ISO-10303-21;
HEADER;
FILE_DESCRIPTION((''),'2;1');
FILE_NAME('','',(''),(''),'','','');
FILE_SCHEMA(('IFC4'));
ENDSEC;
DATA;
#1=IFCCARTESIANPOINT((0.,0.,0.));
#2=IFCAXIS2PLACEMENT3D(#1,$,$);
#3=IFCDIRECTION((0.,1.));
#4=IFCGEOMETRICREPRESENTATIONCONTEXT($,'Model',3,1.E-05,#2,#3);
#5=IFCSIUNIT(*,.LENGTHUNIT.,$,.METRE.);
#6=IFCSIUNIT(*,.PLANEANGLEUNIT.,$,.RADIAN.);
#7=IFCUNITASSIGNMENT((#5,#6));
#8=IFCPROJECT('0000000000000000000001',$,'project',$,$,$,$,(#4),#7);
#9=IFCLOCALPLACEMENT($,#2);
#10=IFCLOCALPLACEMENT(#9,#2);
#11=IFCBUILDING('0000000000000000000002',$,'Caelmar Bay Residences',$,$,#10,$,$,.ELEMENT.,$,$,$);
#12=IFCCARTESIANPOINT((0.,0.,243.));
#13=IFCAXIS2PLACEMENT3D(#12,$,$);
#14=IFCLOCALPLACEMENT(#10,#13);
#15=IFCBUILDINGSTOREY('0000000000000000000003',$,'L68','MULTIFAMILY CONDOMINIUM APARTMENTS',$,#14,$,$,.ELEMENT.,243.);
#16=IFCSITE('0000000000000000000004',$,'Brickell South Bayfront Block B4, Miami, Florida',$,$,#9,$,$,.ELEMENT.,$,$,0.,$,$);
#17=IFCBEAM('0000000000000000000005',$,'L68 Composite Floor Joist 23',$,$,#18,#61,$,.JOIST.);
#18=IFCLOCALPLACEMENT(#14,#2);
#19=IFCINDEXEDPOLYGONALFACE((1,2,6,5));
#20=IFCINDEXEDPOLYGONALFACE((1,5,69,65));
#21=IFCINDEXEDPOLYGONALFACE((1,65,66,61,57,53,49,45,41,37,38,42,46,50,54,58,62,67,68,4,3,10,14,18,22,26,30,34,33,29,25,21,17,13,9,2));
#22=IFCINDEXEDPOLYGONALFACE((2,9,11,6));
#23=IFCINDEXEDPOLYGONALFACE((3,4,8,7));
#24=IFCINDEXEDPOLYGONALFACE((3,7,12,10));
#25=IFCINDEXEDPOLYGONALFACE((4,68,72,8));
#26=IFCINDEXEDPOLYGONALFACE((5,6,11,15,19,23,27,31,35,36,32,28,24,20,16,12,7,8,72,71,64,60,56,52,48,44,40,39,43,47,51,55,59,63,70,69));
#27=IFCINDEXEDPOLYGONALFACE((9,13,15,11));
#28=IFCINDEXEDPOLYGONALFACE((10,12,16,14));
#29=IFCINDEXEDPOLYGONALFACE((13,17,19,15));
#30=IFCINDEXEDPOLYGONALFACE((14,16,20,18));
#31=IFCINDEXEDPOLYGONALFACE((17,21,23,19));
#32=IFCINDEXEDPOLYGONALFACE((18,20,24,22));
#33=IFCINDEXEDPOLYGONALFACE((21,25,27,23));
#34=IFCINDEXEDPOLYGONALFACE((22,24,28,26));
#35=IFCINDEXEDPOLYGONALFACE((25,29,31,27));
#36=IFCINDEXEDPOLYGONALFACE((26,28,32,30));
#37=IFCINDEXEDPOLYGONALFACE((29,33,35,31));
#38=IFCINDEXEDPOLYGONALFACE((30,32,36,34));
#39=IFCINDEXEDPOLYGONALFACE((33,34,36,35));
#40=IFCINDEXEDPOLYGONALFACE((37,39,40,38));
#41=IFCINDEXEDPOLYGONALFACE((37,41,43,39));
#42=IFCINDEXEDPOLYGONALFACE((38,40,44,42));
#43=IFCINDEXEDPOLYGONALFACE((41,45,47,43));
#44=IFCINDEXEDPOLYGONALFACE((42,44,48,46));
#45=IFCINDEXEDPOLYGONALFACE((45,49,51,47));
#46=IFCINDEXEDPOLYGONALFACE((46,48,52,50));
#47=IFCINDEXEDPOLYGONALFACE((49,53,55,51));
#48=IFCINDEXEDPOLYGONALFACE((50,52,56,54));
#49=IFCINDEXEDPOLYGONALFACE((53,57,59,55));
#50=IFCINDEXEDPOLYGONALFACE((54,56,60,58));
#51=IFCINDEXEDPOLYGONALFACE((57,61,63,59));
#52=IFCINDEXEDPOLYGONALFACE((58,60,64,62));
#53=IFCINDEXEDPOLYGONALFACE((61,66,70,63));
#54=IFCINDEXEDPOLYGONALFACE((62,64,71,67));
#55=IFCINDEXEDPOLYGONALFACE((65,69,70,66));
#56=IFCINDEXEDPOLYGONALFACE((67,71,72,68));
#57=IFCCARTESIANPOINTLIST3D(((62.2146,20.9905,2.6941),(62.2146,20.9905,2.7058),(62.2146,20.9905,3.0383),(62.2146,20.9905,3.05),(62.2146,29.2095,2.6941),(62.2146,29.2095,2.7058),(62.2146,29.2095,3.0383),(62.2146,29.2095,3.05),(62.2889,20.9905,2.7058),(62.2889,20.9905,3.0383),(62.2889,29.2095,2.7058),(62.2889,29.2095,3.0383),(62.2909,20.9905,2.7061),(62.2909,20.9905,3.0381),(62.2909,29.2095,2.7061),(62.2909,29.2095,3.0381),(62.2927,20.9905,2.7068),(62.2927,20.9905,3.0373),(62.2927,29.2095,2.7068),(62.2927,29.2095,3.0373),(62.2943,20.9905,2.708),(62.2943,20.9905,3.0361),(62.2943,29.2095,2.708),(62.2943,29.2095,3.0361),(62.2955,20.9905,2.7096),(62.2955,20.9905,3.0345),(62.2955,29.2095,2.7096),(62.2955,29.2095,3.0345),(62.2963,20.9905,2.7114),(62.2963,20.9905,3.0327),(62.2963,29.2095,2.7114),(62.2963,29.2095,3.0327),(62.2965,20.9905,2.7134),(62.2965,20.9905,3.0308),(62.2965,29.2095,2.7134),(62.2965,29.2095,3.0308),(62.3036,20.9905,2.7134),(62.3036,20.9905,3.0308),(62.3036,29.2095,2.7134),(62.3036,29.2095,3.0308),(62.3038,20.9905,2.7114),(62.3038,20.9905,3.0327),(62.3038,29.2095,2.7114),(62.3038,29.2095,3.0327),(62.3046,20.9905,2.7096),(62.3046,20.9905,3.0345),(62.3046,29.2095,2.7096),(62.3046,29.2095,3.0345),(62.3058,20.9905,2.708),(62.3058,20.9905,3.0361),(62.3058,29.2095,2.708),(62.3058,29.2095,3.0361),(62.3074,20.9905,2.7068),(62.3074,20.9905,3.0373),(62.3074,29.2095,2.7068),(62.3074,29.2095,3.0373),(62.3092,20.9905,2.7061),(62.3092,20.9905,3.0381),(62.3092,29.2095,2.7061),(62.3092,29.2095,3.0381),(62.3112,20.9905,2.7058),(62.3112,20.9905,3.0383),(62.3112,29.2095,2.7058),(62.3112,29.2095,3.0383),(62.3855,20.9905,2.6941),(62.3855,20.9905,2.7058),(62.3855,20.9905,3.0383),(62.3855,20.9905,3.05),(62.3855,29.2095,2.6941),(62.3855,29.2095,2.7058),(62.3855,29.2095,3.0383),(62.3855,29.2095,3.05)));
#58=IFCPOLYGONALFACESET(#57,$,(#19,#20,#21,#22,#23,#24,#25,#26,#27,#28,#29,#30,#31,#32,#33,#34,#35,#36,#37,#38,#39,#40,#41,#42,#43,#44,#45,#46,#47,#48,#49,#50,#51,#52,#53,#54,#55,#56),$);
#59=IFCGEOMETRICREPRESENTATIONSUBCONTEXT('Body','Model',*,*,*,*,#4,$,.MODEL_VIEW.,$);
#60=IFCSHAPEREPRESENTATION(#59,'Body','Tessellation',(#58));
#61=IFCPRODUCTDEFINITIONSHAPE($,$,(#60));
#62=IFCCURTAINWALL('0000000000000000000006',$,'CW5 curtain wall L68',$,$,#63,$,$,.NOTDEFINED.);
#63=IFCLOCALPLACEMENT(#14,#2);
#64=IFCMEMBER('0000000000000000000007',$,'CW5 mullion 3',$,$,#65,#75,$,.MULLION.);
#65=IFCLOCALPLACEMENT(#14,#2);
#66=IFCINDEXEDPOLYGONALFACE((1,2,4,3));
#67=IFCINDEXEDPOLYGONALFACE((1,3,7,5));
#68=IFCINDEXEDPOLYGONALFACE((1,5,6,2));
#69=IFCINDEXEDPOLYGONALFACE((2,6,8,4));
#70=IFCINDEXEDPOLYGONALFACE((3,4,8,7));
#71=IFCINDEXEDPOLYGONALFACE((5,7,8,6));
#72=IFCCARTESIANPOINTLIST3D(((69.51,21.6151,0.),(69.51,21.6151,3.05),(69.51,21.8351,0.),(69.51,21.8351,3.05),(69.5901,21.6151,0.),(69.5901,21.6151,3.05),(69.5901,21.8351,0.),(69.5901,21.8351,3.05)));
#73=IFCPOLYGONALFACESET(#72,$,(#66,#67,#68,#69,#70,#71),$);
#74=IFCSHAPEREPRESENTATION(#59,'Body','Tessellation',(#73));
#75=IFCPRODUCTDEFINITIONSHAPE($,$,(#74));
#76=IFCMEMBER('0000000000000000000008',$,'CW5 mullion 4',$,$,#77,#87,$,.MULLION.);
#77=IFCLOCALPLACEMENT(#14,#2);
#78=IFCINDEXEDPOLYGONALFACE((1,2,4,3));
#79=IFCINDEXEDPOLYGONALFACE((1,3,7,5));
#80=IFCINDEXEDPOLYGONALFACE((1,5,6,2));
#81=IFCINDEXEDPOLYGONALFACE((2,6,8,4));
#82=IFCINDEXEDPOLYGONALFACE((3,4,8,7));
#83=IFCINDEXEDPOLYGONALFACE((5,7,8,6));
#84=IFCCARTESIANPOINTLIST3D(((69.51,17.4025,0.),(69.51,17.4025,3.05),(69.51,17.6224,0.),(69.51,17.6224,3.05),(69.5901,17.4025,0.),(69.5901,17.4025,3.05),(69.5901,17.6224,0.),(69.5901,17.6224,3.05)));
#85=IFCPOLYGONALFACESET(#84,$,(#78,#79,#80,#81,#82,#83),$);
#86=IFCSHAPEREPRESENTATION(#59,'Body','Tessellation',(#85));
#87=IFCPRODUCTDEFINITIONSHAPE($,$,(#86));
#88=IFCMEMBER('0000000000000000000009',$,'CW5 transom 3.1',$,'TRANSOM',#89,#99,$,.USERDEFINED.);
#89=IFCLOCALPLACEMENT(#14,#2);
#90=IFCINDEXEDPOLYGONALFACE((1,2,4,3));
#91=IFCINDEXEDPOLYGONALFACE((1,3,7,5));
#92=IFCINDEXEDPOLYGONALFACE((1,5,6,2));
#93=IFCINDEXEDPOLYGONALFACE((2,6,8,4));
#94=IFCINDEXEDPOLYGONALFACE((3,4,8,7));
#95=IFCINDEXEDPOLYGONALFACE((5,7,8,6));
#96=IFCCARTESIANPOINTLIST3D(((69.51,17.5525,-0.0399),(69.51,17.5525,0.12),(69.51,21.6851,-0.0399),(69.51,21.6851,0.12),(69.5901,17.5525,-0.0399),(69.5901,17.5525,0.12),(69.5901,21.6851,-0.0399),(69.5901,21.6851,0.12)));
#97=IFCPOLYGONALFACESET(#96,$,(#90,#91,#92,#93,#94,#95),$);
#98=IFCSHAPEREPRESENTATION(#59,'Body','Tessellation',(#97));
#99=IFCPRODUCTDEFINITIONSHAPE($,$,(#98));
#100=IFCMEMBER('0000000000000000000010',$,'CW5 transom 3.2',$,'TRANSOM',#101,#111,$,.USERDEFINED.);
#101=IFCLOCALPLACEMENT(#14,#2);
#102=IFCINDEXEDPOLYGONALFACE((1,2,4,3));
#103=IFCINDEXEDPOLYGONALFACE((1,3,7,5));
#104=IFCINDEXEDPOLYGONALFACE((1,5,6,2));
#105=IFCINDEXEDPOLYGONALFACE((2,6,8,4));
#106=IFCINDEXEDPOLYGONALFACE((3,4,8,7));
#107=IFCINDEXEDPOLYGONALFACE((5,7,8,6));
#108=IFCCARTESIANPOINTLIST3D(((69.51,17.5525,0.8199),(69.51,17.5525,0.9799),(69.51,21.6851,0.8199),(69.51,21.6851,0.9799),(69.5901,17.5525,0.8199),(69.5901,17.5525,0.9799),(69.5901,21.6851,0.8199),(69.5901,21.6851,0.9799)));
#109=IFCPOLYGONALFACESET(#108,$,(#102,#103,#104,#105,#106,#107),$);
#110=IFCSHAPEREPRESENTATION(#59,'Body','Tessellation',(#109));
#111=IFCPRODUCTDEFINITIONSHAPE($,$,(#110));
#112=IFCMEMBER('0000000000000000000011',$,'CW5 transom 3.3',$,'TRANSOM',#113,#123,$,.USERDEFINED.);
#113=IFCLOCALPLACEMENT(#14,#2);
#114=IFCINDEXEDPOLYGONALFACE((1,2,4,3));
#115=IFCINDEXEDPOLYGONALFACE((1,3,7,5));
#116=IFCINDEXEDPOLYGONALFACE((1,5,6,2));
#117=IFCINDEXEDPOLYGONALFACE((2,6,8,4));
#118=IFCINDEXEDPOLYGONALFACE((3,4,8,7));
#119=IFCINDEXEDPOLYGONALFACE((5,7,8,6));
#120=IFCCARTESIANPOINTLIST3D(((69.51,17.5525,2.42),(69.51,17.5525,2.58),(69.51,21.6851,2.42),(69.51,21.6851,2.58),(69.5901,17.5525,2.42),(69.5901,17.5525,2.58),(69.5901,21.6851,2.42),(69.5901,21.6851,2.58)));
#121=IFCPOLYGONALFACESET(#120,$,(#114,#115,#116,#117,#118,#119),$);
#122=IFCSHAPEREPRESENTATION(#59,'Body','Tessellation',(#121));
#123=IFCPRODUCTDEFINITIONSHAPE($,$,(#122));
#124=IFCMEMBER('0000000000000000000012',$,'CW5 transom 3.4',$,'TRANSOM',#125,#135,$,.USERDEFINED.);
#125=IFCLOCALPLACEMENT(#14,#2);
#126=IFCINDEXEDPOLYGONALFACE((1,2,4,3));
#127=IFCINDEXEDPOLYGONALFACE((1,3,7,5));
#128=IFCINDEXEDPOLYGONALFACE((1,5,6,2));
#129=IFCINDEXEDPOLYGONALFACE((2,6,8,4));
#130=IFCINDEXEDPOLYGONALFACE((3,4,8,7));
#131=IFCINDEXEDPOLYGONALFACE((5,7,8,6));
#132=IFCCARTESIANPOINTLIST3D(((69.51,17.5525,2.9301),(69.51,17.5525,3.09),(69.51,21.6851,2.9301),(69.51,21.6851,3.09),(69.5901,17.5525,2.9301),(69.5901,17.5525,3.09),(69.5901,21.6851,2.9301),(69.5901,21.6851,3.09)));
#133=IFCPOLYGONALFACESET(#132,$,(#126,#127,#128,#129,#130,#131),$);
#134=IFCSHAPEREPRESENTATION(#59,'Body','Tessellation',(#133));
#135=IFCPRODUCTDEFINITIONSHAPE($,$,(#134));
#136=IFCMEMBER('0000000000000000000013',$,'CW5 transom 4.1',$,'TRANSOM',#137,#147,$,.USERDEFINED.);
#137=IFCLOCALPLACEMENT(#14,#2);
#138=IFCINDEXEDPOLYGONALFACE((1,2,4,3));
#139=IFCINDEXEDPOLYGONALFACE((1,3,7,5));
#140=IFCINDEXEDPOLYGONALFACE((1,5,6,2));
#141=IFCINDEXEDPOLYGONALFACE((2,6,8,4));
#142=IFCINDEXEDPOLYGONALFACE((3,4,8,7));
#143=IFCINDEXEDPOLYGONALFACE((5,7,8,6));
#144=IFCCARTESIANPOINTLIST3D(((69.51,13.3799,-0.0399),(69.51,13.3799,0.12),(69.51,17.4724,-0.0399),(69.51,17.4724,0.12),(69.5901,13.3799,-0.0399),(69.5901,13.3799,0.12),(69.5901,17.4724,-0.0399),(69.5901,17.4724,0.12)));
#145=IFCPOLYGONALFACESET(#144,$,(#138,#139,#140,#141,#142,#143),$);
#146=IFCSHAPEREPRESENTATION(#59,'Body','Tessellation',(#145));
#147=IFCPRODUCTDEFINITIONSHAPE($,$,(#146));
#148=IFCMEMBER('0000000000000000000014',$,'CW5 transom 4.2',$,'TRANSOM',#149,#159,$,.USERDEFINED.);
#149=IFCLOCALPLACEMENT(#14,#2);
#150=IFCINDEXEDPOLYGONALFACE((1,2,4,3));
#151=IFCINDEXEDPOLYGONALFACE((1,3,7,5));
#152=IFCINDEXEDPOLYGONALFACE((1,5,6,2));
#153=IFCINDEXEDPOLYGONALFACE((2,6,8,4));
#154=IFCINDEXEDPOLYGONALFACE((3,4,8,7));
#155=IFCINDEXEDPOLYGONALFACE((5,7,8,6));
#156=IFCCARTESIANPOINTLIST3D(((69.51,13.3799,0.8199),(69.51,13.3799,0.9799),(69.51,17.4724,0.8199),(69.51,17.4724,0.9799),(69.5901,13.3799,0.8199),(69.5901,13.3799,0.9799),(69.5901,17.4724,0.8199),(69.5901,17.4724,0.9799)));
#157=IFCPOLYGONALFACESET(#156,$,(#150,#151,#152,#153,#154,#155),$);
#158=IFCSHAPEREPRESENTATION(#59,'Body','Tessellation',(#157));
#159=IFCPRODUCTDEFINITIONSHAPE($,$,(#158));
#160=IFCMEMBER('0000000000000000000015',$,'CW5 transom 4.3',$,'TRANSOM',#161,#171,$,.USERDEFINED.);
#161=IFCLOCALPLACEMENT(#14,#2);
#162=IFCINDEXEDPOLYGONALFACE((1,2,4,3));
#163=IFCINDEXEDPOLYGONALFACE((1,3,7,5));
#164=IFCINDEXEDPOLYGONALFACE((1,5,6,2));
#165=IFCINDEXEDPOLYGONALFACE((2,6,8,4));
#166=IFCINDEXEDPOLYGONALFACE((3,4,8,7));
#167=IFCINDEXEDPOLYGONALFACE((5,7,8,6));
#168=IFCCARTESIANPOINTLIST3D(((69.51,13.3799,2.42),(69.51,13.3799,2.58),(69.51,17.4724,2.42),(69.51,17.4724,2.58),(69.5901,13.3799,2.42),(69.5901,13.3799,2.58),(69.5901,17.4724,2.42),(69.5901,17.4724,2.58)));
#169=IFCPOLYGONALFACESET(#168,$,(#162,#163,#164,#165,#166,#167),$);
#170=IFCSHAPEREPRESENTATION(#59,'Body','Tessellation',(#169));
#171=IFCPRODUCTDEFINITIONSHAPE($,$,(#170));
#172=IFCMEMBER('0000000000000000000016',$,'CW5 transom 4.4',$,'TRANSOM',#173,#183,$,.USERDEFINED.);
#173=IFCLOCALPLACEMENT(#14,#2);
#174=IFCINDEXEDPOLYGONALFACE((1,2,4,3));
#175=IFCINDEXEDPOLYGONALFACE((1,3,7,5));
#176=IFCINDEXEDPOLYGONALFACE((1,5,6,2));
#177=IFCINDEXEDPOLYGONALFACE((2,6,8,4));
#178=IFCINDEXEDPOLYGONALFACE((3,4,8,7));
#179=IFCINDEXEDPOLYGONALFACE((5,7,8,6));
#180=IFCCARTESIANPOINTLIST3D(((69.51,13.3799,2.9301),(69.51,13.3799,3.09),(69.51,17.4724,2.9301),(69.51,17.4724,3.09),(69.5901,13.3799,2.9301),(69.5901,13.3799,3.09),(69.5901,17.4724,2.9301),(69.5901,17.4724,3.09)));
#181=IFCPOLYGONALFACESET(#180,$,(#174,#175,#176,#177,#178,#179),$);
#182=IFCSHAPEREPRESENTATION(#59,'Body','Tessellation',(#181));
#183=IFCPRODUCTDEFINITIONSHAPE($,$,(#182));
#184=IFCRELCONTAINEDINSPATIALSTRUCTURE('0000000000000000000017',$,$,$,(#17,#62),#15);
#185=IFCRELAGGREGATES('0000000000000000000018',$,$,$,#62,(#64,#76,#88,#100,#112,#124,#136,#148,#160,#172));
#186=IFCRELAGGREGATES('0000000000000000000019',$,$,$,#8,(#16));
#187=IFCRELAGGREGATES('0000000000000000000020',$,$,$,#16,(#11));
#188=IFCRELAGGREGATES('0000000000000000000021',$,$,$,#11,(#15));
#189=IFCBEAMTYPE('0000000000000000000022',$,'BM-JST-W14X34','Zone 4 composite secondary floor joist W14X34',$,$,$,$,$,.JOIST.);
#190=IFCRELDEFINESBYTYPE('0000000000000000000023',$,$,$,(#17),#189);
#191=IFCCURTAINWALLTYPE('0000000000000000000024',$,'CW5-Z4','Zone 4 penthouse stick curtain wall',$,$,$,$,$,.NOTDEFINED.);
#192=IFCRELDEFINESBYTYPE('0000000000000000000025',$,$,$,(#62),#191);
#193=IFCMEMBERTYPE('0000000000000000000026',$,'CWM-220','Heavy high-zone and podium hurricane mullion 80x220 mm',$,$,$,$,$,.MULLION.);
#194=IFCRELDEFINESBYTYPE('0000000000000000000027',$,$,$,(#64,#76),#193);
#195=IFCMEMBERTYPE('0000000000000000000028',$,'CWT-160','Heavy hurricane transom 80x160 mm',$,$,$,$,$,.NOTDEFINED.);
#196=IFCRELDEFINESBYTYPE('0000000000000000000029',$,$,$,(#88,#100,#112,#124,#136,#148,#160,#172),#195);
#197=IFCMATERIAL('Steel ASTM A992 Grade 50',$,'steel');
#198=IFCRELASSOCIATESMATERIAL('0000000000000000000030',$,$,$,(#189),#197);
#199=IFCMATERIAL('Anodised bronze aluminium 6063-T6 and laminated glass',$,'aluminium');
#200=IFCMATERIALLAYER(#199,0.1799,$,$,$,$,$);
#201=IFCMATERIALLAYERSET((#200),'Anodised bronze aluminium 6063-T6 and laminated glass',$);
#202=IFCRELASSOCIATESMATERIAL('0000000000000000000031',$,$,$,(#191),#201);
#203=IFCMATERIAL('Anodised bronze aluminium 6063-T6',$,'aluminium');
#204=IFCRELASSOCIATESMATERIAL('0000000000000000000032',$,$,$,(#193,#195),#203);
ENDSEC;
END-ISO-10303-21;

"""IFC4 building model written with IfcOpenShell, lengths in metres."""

from ifc_helpers import new_model, si_unit, direction, frame, origin, origin_2d, place, context, subcontext, project, spatial, rectangle, i_section, extrude, material, layer, layer_set, material_profile, profile_set, type_object, element, aggregate, save


model = new_model("IFC4")

# Units and contexts
model_context = context("Model", 3, precision=1e-05, world=origin(), true_north=direction((0.0, 1.0)))
body_context = subcontext(model_context, "Body", "Model", "MODEL_VIEW")
ifc_project = project(units=[si_unit("LENGTHUNIT", "METRE"), si_unit("PLANEANGLEUNIT", "RADIAN")], contexts=[model_context])

# Site, building, storey
site_placement = place(None, origin())
site = spatial("IfcSite", under=ifc_project, at=site_placement, Name="Brickell South Bayfront Block B4, Miami, Florida", CompositionType="ELEMENT", RefElevation=0.0)
building_placement = place(site_placement, origin())
building = spatial("IfcBuilding", under=site, at=building_placement, Name="Caelmar Bay Residences", CompositionType="ELEMENT")
storey_placement = place(building_placement, frame((0.0, 0.0, 243.0)))
storey = spatial("IfcBuildingStorey", under=building, at=storey_placement, Name="L68", Description="MULTIFAMILY CONDOMINIUM APARTMENTS", CompositionType="ELEMENT", Elevation=243.0)

# Beam
ifc_material_1 = material(Name="Steel ASTM A992 Grade 50", Category="steel")
ifc_material_profile_1 = material_profile(ifc_material_1, i_section(OverallWidth=0.1709, OverallDepth=0.356, WebThickness=0.0071, FlangeThickness=0.0117, FilletRadius=0.0076, at=origin_2d()), Name="W14X34")
ifc_profile_set_1 = profile_set([ifc_material_profile_1], Name="Steel ASTM A992 Grade 50")
beam_type_1 = type_object("IfcBeamType", Name="BM-JST-W14X34", Description="Zone 4 composite secondary floor joist W14X34", PredefinedType="JOIST", material=ifc_profile_set_1)
beam_1_placement = place(storey_placement, frame((62.3, 20.9905, 2.8721), z_axis=(0.0, 1.0, 0.0), x_axis=(-1.0, 0.0, 0.0)))
element("IfcBeam", 1, at=beam_1_placement, inside=storey, type_object=beam_type_1, Name="L68 Composite Floor Joist 23", PredefinedType="JOIST", context=body_context, shape_type="SweptSolid", body=[
    extrude(i_section(OverallWidth=0.1709, OverallDepth=0.356, WebThickness=0.0071, FlangeThickness=0.0117, FilletRadius=0.0076, at=origin_2d()), origin(), (0.0, 0.0, 1.0), 8.219),
])

# Curtain wall, members
ifc_material_2 = material(Name="Anodised bronze aluminium 6063-T6 and laminated glass", Category="aluminium")
ifc_layer_1 = layer(ifc_material_2, 0.1799)
ifc_layer_set_1 = layer_set([ifc_layer_1], Name="Anodised bronze aluminium 6063-T6 and laminated glass")
curtain_wall_type = type_object("IfcCurtainWallType", Name="CW5-Z4", Description="Zone 4 penthouse stick curtain wall", PredefinedType="NOTDEFINED", material=ifc_layer_set_1)
curtain_wall_placement = place(storey_placement, origin())
curtain_wall = element("IfcCurtainWall", 2, at=curtain_wall_placement, inside=storey, type_object=curtain_wall_type, Name="CW5 curtain wall L68", PredefinedType="NOTDEFINED")
ifc_material_3 = material(Name="Anodised bronze aluminium 6063-T6", Category="aluminium")
ifc_material_profile_2 = material_profile(ifc_material_3, rectangle(XDim=0.0801, YDim=0.22, at=origin_2d()), Name="CWM-80X220")
ifc_profile_set_2 = profile_set([ifc_material_profile_2], Name="Anodised bronze aluminium 6063-T6")
member_type_1 = type_object("IfcMemberType", Name="CWM-220", Description="Heavy high-zone and podium hurricane mullion 80x220 mm", PredefinedType="MULLION", material=ifc_profile_set_2)
member_1_placement = place(storey_placement, frame((69.55, 21.7251, 0.0), z_axis=(0.0, 0.0, 1.0), x_axis=(1.0, 0.0, 0.0)))
member_1 = element("IfcMember", 3, at=member_1_placement, type_object=member_type_1, Name="CW5 mullion 3", PredefinedType="MULLION", context=body_context, shape_type="SweptSolid", body=[
    extrude(rectangle(XDim=0.0801, YDim=0.22, at=origin_2d()), origin(), (0.0, 0.0, 1.0), 3.05),
])
member_2_placement = place(storey_placement, frame((69.55, 17.5125, 0.0), z_axis=(0.0, 0.0, 1.0), x_axis=(1.0, 0.0, 0.0)))
member_2 = element("IfcMember", 4, at=member_2_placement, type_object=member_type_1, Name="CW5 mullion 4", PredefinedType="MULLION", context=body_context, shape_type="SweptSolid", body=[
    extrude(rectangle(XDim=0.0801, YDim=0.22, at=origin_2d()), origin(), (0.0, 0.0, 1.0), 3.05),
])
ifc_material_profile_3 = material_profile(ifc_material_3, rectangle(XDim=0.0801, YDim=0.1599, at=origin_2d()), Name="CWT-80X160")
ifc_profile_set_3 = profile_set([ifc_material_profile_3], Name="Anodised bronze aluminium 6063-T6")
member_type_2 = type_object("IfcMemberType", Name="CWT-160", Description="Heavy hurricane transom 80x160 mm", PredefinedType="NOTDEFINED", material=ifc_profile_set_3)
member_3_placement = place(storey_placement, frame((69.55, 21.6851, 0.04), z_axis=(0.0, -1.0, 0.0), x_axis=(1.0, 0.0, 0.0)))
member_3 = element("IfcMember", 5, at=member_3_placement, type_object=member_type_2, Name="CW5 transom 3.1", ObjectType="TRANSOM", PredefinedType="USERDEFINED", context=body_context, shape_type="SweptSolid", body=[
    extrude(rectangle(XDim=0.0801, YDim=0.1599, at=origin_2d()), origin(), (0.0, 0.0, 1.0), 4.1326),
])
member_4_placement = place(storey_placement, frame((69.55, 21.6851, 0.8999), z_axis=(0.0, -1.0, 0.0), x_axis=(1.0, 0.0, 0.0)))
member_4 = element("IfcMember", 6, at=member_4_placement, type_object=member_type_2, Name="CW5 transom 3.2", ObjectType="TRANSOM", PredefinedType="USERDEFINED", context=body_context, shape_type="SweptSolid", body=[
    extrude(rectangle(XDim=0.0801, YDim=0.1599, at=origin_2d()), origin(), (0.0, 0.0, 1.0), 4.1326),
])
member_5_placement = place(storey_placement, frame((69.55, 21.6851, 2.5), z_axis=(0.0, -1.0, 0.0), x_axis=(1.0, 0.0, 0.0)))
member_5 = element("IfcMember", 7, at=member_5_placement, type_object=member_type_2, Name="CW5 transom 3.3", ObjectType="TRANSOM", PredefinedType="USERDEFINED", context=body_context, shape_type="SweptSolid", body=[
    extrude(rectangle(XDim=0.0801, YDim=0.1599, at=origin_2d()), origin(), (0.0, 0.0, 1.0), 4.1326),
])
member_6_placement = place(storey_placement, frame((69.55, 21.6851, 3.01), z_axis=(0.0, -1.0, 0.0), x_axis=(1.0, 0.0, 0.0)))
member_6 = element("IfcMember", 8, at=member_6_placement, type_object=member_type_2, Name="CW5 transom 3.4", ObjectType="TRANSOM", PredefinedType="USERDEFINED", context=body_context, shape_type="SweptSolid", body=[
    extrude(rectangle(XDim=0.0801, YDim=0.1599, at=origin_2d()), origin(), (0.0, 0.0, 1.0), 4.1326),
])
member_7_placement = place(storey_placement, frame((69.55, 17.4724, 0.04), z_axis=(0.0, -1.0, 0.0), x_axis=(1.0, 0.0, 0.0)))
member_7 = element("IfcMember", 9, at=member_7_placement, type_object=member_type_2, Name="CW5 transom 4.1", ObjectType="TRANSOM", PredefinedType="USERDEFINED", context=body_context, shape_type="SweptSolid", body=[
    extrude(rectangle(XDim=0.0801, YDim=0.1599, at=origin_2d()), origin(), (0.0, 0.0, 1.0), 4.0925),
])
member_8_placement = place(storey_placement, frame((69.55, 17.4724, 0.8999), z_axis=(0.0, -1.0, 0.0), x_axis=(1.0, 0.0, 0.0)))
member_8 = element("IfcMember", 10, at=member_8_placement, type_object=member_type_2, Name="CW5 transom 4.2", ObjectType="TRANSOM", PredefinedType="USERDEFINED", context=body_context, shape_type="SweptSolid", body=[
    extrude(rectangle(XDim=0.0801, YDim=0.1599, at=origin_2d()), origin(), (0.0, 0.0, 1.0), 4.0925),
])
member_9_placement = place(storey_placement, frame((69.55, 17.4724, 2.5), z_axis=(0.0, -1.0, 0.0), x_axis=(1.0, 0.0, 0.0)))
member_9 = element("IfcMember", 11, at=member_9_placement, type_object=member_type_2, Name="CW5 transom 4.3", ObjectType="TRANSOM", PredefinedType="USERDEFINED", context=body_context, shape_type="SweptSolid", body=[
    extrude(rectangle(XDim=0.0801, YDim=0.1599, at=origin_2d()), origin(), (0.0, 0.0, 1.0), 4.0925),
])
member_10_placement = place(storey_placement, frame((69.55, 17.4724, 3.01), z_axis=(0.0, -1.0, 0.0), x_axis=(1.0, 0.0, 0.0)))
member_10 = element("IfcMember", 12, at=member_10_placement, type_object=member_type_2, Name="CW5 transom 4.4", ObjectType="TRANSOM", PredefinedType="USERDEFINED", context=body_context, shape_type="SweptSolid", body=[
    extrude(rectangle(XDim=0.0801, YDim=0.1599, at=origin_2d()), origin(), (0.0, 0.0, 1.0), 4.0925),
])
aggregate(curtain_wall, [member_1, member_2, member_3, member_4, member_5, member_6, member_7, member_8, member_9, member_10])

save(model, "model.ifc")
